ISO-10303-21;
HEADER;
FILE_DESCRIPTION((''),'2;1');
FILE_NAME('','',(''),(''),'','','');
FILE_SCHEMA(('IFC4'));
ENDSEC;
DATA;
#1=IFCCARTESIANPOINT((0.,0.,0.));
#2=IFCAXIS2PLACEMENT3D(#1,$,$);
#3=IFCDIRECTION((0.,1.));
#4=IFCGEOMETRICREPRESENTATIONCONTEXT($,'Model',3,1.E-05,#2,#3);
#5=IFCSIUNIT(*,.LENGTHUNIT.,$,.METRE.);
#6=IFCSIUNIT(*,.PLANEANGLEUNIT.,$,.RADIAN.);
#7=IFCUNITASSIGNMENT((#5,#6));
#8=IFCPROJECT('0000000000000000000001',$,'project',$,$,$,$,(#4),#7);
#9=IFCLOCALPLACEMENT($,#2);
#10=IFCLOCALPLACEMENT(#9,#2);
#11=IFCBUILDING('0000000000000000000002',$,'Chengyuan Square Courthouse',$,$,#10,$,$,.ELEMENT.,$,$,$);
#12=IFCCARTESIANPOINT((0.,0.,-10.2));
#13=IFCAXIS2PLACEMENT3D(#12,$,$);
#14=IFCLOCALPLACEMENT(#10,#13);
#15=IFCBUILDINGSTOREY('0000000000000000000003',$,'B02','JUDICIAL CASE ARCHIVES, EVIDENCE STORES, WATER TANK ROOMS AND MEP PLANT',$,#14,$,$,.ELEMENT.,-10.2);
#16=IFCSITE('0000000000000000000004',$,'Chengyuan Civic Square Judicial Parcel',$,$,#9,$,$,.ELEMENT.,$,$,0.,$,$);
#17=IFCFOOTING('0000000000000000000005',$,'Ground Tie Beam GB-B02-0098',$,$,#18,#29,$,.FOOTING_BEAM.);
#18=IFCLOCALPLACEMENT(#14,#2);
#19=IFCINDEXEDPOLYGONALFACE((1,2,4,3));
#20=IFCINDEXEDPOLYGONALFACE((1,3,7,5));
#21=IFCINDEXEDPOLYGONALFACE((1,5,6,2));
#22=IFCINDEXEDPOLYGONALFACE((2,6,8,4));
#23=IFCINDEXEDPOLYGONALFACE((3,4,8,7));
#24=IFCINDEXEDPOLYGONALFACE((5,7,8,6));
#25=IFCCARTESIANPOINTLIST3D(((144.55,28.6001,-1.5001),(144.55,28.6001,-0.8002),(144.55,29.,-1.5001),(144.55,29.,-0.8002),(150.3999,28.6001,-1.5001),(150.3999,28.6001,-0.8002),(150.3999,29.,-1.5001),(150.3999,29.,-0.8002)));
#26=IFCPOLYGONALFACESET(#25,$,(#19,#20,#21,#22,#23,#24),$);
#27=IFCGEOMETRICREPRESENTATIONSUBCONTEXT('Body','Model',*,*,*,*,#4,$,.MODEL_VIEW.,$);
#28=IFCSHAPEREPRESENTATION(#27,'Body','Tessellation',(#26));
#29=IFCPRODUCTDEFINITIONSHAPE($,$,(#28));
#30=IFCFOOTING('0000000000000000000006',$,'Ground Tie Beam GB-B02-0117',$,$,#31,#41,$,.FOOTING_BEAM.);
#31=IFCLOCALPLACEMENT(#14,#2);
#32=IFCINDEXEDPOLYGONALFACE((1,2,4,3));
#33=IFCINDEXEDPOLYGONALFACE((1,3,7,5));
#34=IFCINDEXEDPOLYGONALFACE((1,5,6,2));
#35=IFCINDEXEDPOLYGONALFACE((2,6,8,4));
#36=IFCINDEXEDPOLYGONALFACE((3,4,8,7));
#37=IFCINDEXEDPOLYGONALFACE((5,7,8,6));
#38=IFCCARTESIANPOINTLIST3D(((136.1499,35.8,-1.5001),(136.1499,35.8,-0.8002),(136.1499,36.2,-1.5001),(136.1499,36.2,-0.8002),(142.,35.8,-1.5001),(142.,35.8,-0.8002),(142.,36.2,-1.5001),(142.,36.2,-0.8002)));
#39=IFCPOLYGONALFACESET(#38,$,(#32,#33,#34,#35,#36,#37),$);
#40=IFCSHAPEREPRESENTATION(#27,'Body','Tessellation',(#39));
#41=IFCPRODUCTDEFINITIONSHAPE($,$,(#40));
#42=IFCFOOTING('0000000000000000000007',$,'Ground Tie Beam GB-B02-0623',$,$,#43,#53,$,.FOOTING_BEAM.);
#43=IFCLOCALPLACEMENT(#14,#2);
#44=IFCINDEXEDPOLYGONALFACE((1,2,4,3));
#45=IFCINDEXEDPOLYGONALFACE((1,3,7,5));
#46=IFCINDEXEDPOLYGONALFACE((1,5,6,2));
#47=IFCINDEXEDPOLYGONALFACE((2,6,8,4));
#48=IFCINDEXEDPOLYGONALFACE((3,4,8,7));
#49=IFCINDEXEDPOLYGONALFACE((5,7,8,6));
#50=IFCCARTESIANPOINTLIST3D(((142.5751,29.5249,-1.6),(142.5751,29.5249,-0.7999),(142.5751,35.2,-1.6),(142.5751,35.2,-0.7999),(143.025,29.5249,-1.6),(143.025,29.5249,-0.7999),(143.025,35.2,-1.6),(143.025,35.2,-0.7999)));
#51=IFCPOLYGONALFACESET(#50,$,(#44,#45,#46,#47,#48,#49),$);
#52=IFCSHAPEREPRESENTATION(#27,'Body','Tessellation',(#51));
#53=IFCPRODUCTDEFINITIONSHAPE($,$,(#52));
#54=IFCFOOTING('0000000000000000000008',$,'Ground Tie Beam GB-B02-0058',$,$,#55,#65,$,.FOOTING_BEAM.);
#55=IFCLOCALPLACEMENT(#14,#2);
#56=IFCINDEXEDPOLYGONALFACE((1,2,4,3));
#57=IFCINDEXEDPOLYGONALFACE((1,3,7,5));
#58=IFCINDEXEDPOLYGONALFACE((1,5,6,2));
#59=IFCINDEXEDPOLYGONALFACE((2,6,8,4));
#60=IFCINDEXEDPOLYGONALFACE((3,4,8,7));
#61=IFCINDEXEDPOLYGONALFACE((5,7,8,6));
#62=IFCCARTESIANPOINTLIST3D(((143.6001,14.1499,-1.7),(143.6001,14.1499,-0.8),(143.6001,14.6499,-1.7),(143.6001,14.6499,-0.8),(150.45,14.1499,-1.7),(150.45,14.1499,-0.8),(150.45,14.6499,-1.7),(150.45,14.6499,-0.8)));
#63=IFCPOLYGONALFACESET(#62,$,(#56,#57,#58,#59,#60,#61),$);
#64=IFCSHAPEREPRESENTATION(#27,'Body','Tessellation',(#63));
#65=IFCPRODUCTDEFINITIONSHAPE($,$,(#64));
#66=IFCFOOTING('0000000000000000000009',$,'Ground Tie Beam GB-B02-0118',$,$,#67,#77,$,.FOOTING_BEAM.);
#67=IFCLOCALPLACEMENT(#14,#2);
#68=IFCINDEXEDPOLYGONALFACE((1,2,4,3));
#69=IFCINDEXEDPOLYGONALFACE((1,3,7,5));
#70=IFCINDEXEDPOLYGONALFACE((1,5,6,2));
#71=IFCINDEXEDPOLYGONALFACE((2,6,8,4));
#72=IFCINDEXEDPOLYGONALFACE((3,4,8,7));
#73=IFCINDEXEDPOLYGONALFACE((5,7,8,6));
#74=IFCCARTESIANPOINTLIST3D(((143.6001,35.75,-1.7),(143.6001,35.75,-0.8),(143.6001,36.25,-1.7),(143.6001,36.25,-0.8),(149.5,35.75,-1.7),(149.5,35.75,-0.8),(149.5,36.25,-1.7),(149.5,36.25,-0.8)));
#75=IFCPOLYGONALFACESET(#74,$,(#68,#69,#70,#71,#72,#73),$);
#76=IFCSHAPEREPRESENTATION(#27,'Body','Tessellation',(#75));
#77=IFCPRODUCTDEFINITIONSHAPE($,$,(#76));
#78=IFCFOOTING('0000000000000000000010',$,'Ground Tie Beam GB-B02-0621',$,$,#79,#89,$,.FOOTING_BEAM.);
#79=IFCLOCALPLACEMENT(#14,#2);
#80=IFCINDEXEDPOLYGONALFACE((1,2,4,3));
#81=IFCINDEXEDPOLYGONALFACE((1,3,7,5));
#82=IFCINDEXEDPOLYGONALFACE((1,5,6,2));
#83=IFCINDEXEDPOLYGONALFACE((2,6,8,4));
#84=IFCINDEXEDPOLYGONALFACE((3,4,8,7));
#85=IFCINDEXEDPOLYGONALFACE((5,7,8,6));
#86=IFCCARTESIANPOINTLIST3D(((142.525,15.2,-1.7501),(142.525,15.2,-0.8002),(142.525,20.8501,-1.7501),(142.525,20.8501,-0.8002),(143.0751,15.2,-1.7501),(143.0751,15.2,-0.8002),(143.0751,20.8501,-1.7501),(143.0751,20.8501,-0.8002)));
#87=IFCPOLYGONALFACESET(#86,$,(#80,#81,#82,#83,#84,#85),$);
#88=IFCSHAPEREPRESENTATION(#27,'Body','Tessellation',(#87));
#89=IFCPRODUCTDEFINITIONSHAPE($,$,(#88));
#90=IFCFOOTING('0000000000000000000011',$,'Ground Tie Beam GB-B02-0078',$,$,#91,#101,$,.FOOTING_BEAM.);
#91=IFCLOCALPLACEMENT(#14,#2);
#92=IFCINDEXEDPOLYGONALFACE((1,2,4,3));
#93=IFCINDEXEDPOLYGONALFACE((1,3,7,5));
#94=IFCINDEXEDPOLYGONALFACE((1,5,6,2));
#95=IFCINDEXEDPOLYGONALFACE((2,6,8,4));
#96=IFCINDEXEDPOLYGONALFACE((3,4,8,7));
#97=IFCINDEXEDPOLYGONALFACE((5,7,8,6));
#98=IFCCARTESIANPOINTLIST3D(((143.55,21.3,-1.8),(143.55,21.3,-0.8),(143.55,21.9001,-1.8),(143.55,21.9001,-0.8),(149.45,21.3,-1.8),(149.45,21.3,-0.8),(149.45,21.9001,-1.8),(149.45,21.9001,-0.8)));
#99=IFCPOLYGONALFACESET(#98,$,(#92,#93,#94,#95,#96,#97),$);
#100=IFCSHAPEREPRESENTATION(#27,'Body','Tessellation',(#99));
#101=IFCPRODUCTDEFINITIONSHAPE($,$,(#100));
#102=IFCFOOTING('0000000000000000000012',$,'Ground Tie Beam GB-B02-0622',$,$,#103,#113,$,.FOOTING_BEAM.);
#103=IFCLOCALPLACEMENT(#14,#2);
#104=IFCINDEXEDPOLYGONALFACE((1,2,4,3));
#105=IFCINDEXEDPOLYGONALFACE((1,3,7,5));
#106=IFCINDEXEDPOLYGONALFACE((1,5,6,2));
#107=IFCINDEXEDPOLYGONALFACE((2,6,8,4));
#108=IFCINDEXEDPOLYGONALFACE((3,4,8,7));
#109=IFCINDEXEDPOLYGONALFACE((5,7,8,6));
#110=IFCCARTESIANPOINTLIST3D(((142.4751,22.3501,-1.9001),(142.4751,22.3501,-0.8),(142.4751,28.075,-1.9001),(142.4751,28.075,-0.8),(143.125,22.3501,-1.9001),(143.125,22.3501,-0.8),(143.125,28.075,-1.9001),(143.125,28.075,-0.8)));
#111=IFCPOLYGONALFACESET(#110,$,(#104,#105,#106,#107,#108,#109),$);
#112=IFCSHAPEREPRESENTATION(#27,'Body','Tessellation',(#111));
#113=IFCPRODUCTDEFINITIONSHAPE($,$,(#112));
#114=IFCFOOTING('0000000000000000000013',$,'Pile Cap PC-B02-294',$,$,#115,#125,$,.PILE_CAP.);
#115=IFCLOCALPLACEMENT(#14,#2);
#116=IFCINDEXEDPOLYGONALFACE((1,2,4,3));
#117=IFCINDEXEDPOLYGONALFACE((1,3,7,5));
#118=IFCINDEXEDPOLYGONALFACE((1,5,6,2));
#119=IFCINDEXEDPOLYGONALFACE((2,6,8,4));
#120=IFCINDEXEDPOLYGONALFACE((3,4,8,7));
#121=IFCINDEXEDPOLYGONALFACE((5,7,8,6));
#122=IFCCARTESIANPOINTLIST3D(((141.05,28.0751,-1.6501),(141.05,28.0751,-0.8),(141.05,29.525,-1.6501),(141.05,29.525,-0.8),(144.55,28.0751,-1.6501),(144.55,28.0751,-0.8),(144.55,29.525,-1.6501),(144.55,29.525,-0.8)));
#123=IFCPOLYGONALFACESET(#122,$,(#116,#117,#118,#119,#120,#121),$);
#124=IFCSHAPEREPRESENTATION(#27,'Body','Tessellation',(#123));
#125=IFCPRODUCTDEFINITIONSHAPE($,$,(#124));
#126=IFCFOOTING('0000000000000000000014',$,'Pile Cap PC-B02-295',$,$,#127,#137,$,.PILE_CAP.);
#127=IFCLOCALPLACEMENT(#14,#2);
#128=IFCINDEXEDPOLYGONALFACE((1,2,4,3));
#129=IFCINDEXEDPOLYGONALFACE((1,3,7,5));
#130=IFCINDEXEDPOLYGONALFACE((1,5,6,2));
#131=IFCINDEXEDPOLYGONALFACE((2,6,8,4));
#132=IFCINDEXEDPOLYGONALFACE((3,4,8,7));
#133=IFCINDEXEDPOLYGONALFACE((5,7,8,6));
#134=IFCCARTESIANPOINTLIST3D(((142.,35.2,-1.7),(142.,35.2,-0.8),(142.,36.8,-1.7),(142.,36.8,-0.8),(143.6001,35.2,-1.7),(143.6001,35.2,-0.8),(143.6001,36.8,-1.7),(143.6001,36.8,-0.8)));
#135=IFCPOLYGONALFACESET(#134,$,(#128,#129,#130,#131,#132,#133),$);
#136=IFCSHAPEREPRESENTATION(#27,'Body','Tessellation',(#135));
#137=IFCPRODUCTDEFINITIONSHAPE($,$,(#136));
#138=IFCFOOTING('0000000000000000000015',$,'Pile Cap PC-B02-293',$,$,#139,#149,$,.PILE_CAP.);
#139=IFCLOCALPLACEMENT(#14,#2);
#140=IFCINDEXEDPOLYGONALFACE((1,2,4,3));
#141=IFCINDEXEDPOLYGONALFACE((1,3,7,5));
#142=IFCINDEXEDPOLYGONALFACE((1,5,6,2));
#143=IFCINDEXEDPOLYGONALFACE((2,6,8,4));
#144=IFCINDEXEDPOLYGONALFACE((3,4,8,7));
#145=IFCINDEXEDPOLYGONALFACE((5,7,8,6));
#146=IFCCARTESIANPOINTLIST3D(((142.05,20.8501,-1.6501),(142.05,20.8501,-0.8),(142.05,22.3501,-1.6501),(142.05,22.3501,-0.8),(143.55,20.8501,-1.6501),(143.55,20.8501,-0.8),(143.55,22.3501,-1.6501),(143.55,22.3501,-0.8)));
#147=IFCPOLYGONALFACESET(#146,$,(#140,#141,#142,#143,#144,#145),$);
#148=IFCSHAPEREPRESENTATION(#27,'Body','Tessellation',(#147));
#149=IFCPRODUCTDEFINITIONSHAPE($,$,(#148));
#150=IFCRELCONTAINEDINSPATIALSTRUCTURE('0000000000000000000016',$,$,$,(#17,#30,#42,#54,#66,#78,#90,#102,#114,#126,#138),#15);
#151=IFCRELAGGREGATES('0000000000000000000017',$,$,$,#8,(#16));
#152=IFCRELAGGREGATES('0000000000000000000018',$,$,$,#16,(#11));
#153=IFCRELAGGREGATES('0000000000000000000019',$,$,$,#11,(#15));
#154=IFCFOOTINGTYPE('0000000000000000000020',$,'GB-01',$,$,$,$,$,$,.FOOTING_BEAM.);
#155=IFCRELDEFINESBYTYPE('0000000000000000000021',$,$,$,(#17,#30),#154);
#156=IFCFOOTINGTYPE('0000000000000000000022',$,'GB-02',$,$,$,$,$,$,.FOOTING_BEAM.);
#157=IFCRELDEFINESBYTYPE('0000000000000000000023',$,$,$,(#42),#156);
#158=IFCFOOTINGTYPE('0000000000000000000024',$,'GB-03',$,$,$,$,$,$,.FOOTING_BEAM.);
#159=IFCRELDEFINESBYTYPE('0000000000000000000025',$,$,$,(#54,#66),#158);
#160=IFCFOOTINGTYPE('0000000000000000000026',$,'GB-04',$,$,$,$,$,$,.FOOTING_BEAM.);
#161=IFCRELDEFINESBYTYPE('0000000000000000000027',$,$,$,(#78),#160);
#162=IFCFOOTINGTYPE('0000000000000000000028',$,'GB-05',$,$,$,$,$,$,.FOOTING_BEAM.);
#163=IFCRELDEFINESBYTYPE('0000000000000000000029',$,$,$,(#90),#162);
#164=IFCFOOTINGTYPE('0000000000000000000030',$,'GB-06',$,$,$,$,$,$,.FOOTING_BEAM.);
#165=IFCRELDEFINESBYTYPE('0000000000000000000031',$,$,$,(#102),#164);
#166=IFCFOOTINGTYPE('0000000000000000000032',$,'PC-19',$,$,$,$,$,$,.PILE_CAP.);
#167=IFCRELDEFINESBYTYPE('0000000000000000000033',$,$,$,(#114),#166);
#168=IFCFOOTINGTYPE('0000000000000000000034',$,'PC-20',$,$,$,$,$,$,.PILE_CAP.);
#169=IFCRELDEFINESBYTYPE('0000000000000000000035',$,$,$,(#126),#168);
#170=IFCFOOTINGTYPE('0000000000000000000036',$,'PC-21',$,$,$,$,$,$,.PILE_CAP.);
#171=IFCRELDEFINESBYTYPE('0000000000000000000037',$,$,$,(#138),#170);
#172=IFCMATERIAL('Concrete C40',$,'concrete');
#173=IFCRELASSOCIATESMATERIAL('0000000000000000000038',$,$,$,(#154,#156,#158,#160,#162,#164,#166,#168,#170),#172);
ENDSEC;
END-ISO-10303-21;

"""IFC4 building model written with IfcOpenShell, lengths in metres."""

from ifc_helpers import new_model, si_unit, direction, frame, origin, origin_2d, place, context, subcontext, project, spatial, rectangle, extrude, material, material_profile, profile_set, type_object, element, save


model = new_model("IFC4")

# Units and contexts
model_context = context("Model", 3, precision=1e-05, world=origin(), true_north=direction((0.0, 1.0)))
body_context = subcontext(model_context, "Body", "Model", "MODEL_VIEW")
ifc_project = project(units=[si_unit("LENGTHUNIT", "METRE"), si_unit("PLANEANGLEUNIT", "RADIAN")], contexts=[model_context])

# Site, building, storey
site_placement = place(None, origin())
site = spatial("IfcSite", under=ifc_project, at=site_placement, Name="Chengyuan Civic Square Judicial Parcel", CompositionType="ELEMENT", RefElevation=0.0)
building_placement = place(site_placement, origin())
building = spatial("IfcBuilding", under=site, at=building_placement, Name="Chengyuan Square Courthouse", CompositionType="ELEMENT")
storey_placement = place(building_placement, frame((0.0, 0.0, -10.2)))
storey = spatial("IfcBuildingStorey", under=building, at=storey_placement, Name="B02", Description="JUDICIAL CASE ARCHIVES, EVIDENCE STORES, WATER TANK ROOMS AND MEP PLANT", CompositionType="ELEMENT", Elevation=-10.2)

# Footings
ifc_material_1 = material(Name="Concrete C40", Category="concrete")
ifc_material_profile_1 = material_profile(ifc_material_1, rectangle(XDim=0.3999, YDim=0.7, at=origin_2d()), Name="GB-400x700")
ifc_profile_set_1 = profile_set([ifc_material_profile_1], Name="Concrete C40")
footing_type_1 = type_object("IfcFootingType", Name="GB-01", PredefinedType="FOOTING_BEAM", material=ifc_profile_set_1)
footing_1_placement = place(storey_placement, frame((144.55, 28.8, -1.1501), z_axis=(1.0, 0.0, 0.0), x_axis=(0.0, 1.0, 0.0)))
element("IfcFooting", 1, at=footing_1_placement, inside=storey, type_object=footing_type_1, Name="Ground Tie Beam GB-B02-0098", PredefinedType="FOOTING_BEAM", context=body_context, shape_type="SweptSolid", body=[
    extrude(rectangle(XDim=0.3999, YDim=0.7, at=origin_2d()), origin(), (0.0, 0.0, 1.0), 5.8499),
])
footing_2_placement = place(storey_placement, frame((136.1499, 36.0, -1.1501), z_axis=(1.0, 0.0, 0.0), x_axis=(0.0, 1.0, 0.0)))
element("IfcFooting", 2, at=footing_2_placement, inside=storey, type_object=footing_type_1, Name="Ground Tie Beam GB-B02-0117", PredefinedType="FOOTING_BEAM", context=body_context, shape_type="SweptSolid", body=[
    extrude(rectangle(XDim=0.3999, YDim=0.7, at=origin_2d()), origin(), (0.0, 0.0, 1.0), 5.8501),
])
ifc_material_profile_2 = material_profile(ifc_material_1, rectangle(XDim=0.45, YDim=0.8, at=origin_2d()), Name="GB-450x800")
ifc_profile_set_2 = profile_set([ifc_material_profile_2], Name="Concrete C40")
footing_type_2 = type_object("IfcFootingType", Name="GB-02", PredefinedType="FOOTING_BEAM", material=ifc_profile_set_2)
footing_3_placement = place(storey_placement, frame((142.8, 29.5249, -1.2), z_axis=(0.0, 1.0, 0.0), x_axis=(-1.0, 0.0, 0.0)))
element("IfcFooting", 3, at=footing_3_placement, inside=storey, type_object=footing_type_2, Name="Ground Tie Beam GB-B02-0623", PredefinedType="FOOTING_BEAM", context=body_context, shape_type="SweptSolid", body=[
    extrude(rectangle(XDim=0.45, YDim=0.8, at=origin_2d()), origin(), (0.0, 0.0, 1.0), 5.675),
])
ifc_material_profile_3 = material_profile(ifc_material_1, rectangle(XDim=0.5, YDim=0.8999, at=origin_2d()), Name="GB-500x900")
ifc_profile_set_3 = profile_set([ifc_material_profile_3], Name="Concrete C40")
footing_type_3 = type_object("IfcFootingType", Name="GB-03", PredefinedType="FOOTING_BEAM", material=ifc_profile_set_3)
footing_4_placement = place(storey_placement, frame((143.6001, 14.3999, -1.25), z_axis=(1.0, 0.0, 0.0), x_axis=(0.0, 1.0, 0.0)))
element("IfcFooting", 4, at=footing_4_placement, inside=storey, type_object=footing_type_3, Name="Ground Tie Beam GB-B02-0058", PredefinedType="FOOTING_BEAM", context=body_context, shape_type="SweptSolid", body=[
    extrude(rectangle(XDim=0.5, YDim=0.8999, at=origin_2d()), origin(), (0.0, 0.0, 1.0), 6.8499),
])
footing_5_placement = place(storey_placement, frame((143.6001, 36.0, -1.25), z_axis=(1.0, 0.0, 0.0), x_axis=(0.0, 1.0, 0.0)))
element("IfcFooting", 5, at=footing_5_placement, inside=storey, type_object=footing_type_3, Name="Ground Tie Beam GB-B02-0118", PredefinedType="FOOTING_BEAM", context=body_context, shape_type="SweptSolid", body=[
    extrude(rectangle(XDim=0.5, YDim=0.8999, at=origin_2d()), origin(), (0.0, 0.0, 1.0), 5.8999),
])
ifc_material_profile_4 = material_profile(ifc_material_1, rectangle(XDim=0.55, YDim=0.95, at=origin_2d()), Name="GB-550x950")
ifc_profile_set_4 = profile_set([ifc_material_profile_4], Name="Concrete C40")
footing_type_4 = type_object("IfcFootingType", Name="GB-04", PredefinedType="FOOTING_BEAM", material=ifc_profile_set_4)
footing_6_placement = place(storey_placement, frame((142.8, 15.2, -1.2751), z_axis=(0.0, 1.0, 0.0), x_axis=(-1.0, 0.0, 0.0)))
element("IfcFooting", 6, at=footing_6_placement, inside=storey, type_object=footing_type_4, Name="Ground Tie Beam GB-B02-0621", PredefinedType="FOOTING_BEAM", context=body_context, shape_type="SweptSolid", body=[
    extrude(rectangle(XDim=0.55, YDim=0.95, at=origin_2d()), origin(), (0.0, 0.0, 1.0), 5.6501),
])
ifc_material_profile_5 = material_profile(ifc_material_1, rectangle(XDim=0.6001, YDim=1.0, at=origin_2d()), Name="GB-600x1000")
ifc_profile_set_5 = profile_set([ifc_material_profile_5], Name="Concrete C40")
footing_type_5 = type_object("IfcFootingType", Name="GB-05", PredefinedType="FOOTING_BEAM", material=ifc_profile_set_5)
footing_7_placement = place(storey_placement, frame((143.55, 21.6001, -1.3), z_axis=(1.0, 0.0, 0.0), x_axis=(0.0, 1.0, 0.0)))
element("IfcFooting", 7, at=footing_7_placement, inside=storey, type_object=footing_type_5, Name="Ground Tie Beam GB-B02-0078", PredefinedType="FOOTING_BEAM", context=body_context, shape_type="SweptSolid", body=[
    extrude(rectangle(XDim=0.6001, YDim=1.0, at=origin_2d()), origin(), (0.0, 0.0, 1.0), 5.8999),
])
ifc_material_profile_6 = material_profile(ifc_material_1, rectangle(XDim=0.6499, YDim=1.1001, at=origin_2d()), Name="GB-650x1100")
ifc_profile_set_6 = profile_set([ifc_material_profile_6], Name="Concrete C40")
footing_type_6 = type_object("IfcFootingType", Name="GB-06", PredefinedType="FOOTING_BEAM", material=ifc_profile_set_6)
footing_8_placement = place(storey_placement, frame((142.8, 22.3501, -1.3501), z_axis=(0.0, 1.0, 0.0), x_axis=(-1.0, 0.0, 0.0)))
element("IfcFooting", 8, at=footing_8_placement, inside=storey, type_object=footing_type_6, Name="Ground Tie Beam GB-B02-0622", PredefinedType="FOOTING_BEAM", context=body_context, shape_type="SweptSolid", body=[
    extrude(rectangle(XDim=0.6499, YDim=1.1001, at=origin_2d()), origin(), (0.0, 0.0, 1.0), 5.7249),
])
footing_type_7 = type_object("IfcFootingType", Name="PC-19", PredefinedType="PILE_CAP", material=ifc_material_1)
footing_9_placement = place(storey_placement, frame((142.8, 28.8, -1.6501), z_axis=(0.0, 0.0, 1.0), x_axis=(1.0, 0.0, 0.0)))
element("IfcFooting", 9, at=footing_9_placement, inside=storey, type_object=footing_type_7, Name="Pile Cap PC-B02-294", PredefinedType="PILE_CAP", context=body_context, shape_type="SweptSolid", body=[
    extrude(rectangle(XDim=3.5, YDim=1.45, at=origin_2d()), origin(), (0.0, 0.0, 1.0), 0.8501),
])
footing_type_8 = type_object("IfcFootingType", Name="PC-20", PredefinedType="PILE_CAP", material=ifc_material_1)
footing_10_placement = place(storey_placement, frame((142.8, 36.0, -1.7), z_axis=(0.0, 0.0, 1.0), x_axis=(1.0, 0.0, 0.0)))
element("IfcFooting", 10, at=footing_10_placement, inside=storey, type_object=footing_type_8, Name="Pile Cap PC-B02-295", PredefinedType="PILE_CAP", context=body_context, shape_type="SweptSolid", body=[
    extrude(rectangle(XDim=1.6001, YDim=1.6001, at=origin_2d()), origin(), (0.0, 0.0, 1.0), 0.8999),
])
footing_type_9 = type_object("IfcFootingType", Name="PC-21", PredefinedType="PILE_CAP", material=ifc_material_1)
footing_11_placement = place(storey_placement, frame((142.8, 21.6001, -1.6501), z_axis=(0.0, 0.0, 1.0), x_axis=(1.0, 0.0, 0.0)))
element("IfcFooting", 11, at=footing_11_placement, inside=storey, type_object=footing_type_9, Name="Pile Cap PC-B02-293", PredefinedType="PILE_CAP", context=body_context, shape_type="SweptSolid", body=[
    extrude(rectangle(XDim=1.5, YDim=1.5, at=origin_2d()), origin(), (0.0, 0.0, 1.0), 0.8501),
])

save(model, "model.ifc")
